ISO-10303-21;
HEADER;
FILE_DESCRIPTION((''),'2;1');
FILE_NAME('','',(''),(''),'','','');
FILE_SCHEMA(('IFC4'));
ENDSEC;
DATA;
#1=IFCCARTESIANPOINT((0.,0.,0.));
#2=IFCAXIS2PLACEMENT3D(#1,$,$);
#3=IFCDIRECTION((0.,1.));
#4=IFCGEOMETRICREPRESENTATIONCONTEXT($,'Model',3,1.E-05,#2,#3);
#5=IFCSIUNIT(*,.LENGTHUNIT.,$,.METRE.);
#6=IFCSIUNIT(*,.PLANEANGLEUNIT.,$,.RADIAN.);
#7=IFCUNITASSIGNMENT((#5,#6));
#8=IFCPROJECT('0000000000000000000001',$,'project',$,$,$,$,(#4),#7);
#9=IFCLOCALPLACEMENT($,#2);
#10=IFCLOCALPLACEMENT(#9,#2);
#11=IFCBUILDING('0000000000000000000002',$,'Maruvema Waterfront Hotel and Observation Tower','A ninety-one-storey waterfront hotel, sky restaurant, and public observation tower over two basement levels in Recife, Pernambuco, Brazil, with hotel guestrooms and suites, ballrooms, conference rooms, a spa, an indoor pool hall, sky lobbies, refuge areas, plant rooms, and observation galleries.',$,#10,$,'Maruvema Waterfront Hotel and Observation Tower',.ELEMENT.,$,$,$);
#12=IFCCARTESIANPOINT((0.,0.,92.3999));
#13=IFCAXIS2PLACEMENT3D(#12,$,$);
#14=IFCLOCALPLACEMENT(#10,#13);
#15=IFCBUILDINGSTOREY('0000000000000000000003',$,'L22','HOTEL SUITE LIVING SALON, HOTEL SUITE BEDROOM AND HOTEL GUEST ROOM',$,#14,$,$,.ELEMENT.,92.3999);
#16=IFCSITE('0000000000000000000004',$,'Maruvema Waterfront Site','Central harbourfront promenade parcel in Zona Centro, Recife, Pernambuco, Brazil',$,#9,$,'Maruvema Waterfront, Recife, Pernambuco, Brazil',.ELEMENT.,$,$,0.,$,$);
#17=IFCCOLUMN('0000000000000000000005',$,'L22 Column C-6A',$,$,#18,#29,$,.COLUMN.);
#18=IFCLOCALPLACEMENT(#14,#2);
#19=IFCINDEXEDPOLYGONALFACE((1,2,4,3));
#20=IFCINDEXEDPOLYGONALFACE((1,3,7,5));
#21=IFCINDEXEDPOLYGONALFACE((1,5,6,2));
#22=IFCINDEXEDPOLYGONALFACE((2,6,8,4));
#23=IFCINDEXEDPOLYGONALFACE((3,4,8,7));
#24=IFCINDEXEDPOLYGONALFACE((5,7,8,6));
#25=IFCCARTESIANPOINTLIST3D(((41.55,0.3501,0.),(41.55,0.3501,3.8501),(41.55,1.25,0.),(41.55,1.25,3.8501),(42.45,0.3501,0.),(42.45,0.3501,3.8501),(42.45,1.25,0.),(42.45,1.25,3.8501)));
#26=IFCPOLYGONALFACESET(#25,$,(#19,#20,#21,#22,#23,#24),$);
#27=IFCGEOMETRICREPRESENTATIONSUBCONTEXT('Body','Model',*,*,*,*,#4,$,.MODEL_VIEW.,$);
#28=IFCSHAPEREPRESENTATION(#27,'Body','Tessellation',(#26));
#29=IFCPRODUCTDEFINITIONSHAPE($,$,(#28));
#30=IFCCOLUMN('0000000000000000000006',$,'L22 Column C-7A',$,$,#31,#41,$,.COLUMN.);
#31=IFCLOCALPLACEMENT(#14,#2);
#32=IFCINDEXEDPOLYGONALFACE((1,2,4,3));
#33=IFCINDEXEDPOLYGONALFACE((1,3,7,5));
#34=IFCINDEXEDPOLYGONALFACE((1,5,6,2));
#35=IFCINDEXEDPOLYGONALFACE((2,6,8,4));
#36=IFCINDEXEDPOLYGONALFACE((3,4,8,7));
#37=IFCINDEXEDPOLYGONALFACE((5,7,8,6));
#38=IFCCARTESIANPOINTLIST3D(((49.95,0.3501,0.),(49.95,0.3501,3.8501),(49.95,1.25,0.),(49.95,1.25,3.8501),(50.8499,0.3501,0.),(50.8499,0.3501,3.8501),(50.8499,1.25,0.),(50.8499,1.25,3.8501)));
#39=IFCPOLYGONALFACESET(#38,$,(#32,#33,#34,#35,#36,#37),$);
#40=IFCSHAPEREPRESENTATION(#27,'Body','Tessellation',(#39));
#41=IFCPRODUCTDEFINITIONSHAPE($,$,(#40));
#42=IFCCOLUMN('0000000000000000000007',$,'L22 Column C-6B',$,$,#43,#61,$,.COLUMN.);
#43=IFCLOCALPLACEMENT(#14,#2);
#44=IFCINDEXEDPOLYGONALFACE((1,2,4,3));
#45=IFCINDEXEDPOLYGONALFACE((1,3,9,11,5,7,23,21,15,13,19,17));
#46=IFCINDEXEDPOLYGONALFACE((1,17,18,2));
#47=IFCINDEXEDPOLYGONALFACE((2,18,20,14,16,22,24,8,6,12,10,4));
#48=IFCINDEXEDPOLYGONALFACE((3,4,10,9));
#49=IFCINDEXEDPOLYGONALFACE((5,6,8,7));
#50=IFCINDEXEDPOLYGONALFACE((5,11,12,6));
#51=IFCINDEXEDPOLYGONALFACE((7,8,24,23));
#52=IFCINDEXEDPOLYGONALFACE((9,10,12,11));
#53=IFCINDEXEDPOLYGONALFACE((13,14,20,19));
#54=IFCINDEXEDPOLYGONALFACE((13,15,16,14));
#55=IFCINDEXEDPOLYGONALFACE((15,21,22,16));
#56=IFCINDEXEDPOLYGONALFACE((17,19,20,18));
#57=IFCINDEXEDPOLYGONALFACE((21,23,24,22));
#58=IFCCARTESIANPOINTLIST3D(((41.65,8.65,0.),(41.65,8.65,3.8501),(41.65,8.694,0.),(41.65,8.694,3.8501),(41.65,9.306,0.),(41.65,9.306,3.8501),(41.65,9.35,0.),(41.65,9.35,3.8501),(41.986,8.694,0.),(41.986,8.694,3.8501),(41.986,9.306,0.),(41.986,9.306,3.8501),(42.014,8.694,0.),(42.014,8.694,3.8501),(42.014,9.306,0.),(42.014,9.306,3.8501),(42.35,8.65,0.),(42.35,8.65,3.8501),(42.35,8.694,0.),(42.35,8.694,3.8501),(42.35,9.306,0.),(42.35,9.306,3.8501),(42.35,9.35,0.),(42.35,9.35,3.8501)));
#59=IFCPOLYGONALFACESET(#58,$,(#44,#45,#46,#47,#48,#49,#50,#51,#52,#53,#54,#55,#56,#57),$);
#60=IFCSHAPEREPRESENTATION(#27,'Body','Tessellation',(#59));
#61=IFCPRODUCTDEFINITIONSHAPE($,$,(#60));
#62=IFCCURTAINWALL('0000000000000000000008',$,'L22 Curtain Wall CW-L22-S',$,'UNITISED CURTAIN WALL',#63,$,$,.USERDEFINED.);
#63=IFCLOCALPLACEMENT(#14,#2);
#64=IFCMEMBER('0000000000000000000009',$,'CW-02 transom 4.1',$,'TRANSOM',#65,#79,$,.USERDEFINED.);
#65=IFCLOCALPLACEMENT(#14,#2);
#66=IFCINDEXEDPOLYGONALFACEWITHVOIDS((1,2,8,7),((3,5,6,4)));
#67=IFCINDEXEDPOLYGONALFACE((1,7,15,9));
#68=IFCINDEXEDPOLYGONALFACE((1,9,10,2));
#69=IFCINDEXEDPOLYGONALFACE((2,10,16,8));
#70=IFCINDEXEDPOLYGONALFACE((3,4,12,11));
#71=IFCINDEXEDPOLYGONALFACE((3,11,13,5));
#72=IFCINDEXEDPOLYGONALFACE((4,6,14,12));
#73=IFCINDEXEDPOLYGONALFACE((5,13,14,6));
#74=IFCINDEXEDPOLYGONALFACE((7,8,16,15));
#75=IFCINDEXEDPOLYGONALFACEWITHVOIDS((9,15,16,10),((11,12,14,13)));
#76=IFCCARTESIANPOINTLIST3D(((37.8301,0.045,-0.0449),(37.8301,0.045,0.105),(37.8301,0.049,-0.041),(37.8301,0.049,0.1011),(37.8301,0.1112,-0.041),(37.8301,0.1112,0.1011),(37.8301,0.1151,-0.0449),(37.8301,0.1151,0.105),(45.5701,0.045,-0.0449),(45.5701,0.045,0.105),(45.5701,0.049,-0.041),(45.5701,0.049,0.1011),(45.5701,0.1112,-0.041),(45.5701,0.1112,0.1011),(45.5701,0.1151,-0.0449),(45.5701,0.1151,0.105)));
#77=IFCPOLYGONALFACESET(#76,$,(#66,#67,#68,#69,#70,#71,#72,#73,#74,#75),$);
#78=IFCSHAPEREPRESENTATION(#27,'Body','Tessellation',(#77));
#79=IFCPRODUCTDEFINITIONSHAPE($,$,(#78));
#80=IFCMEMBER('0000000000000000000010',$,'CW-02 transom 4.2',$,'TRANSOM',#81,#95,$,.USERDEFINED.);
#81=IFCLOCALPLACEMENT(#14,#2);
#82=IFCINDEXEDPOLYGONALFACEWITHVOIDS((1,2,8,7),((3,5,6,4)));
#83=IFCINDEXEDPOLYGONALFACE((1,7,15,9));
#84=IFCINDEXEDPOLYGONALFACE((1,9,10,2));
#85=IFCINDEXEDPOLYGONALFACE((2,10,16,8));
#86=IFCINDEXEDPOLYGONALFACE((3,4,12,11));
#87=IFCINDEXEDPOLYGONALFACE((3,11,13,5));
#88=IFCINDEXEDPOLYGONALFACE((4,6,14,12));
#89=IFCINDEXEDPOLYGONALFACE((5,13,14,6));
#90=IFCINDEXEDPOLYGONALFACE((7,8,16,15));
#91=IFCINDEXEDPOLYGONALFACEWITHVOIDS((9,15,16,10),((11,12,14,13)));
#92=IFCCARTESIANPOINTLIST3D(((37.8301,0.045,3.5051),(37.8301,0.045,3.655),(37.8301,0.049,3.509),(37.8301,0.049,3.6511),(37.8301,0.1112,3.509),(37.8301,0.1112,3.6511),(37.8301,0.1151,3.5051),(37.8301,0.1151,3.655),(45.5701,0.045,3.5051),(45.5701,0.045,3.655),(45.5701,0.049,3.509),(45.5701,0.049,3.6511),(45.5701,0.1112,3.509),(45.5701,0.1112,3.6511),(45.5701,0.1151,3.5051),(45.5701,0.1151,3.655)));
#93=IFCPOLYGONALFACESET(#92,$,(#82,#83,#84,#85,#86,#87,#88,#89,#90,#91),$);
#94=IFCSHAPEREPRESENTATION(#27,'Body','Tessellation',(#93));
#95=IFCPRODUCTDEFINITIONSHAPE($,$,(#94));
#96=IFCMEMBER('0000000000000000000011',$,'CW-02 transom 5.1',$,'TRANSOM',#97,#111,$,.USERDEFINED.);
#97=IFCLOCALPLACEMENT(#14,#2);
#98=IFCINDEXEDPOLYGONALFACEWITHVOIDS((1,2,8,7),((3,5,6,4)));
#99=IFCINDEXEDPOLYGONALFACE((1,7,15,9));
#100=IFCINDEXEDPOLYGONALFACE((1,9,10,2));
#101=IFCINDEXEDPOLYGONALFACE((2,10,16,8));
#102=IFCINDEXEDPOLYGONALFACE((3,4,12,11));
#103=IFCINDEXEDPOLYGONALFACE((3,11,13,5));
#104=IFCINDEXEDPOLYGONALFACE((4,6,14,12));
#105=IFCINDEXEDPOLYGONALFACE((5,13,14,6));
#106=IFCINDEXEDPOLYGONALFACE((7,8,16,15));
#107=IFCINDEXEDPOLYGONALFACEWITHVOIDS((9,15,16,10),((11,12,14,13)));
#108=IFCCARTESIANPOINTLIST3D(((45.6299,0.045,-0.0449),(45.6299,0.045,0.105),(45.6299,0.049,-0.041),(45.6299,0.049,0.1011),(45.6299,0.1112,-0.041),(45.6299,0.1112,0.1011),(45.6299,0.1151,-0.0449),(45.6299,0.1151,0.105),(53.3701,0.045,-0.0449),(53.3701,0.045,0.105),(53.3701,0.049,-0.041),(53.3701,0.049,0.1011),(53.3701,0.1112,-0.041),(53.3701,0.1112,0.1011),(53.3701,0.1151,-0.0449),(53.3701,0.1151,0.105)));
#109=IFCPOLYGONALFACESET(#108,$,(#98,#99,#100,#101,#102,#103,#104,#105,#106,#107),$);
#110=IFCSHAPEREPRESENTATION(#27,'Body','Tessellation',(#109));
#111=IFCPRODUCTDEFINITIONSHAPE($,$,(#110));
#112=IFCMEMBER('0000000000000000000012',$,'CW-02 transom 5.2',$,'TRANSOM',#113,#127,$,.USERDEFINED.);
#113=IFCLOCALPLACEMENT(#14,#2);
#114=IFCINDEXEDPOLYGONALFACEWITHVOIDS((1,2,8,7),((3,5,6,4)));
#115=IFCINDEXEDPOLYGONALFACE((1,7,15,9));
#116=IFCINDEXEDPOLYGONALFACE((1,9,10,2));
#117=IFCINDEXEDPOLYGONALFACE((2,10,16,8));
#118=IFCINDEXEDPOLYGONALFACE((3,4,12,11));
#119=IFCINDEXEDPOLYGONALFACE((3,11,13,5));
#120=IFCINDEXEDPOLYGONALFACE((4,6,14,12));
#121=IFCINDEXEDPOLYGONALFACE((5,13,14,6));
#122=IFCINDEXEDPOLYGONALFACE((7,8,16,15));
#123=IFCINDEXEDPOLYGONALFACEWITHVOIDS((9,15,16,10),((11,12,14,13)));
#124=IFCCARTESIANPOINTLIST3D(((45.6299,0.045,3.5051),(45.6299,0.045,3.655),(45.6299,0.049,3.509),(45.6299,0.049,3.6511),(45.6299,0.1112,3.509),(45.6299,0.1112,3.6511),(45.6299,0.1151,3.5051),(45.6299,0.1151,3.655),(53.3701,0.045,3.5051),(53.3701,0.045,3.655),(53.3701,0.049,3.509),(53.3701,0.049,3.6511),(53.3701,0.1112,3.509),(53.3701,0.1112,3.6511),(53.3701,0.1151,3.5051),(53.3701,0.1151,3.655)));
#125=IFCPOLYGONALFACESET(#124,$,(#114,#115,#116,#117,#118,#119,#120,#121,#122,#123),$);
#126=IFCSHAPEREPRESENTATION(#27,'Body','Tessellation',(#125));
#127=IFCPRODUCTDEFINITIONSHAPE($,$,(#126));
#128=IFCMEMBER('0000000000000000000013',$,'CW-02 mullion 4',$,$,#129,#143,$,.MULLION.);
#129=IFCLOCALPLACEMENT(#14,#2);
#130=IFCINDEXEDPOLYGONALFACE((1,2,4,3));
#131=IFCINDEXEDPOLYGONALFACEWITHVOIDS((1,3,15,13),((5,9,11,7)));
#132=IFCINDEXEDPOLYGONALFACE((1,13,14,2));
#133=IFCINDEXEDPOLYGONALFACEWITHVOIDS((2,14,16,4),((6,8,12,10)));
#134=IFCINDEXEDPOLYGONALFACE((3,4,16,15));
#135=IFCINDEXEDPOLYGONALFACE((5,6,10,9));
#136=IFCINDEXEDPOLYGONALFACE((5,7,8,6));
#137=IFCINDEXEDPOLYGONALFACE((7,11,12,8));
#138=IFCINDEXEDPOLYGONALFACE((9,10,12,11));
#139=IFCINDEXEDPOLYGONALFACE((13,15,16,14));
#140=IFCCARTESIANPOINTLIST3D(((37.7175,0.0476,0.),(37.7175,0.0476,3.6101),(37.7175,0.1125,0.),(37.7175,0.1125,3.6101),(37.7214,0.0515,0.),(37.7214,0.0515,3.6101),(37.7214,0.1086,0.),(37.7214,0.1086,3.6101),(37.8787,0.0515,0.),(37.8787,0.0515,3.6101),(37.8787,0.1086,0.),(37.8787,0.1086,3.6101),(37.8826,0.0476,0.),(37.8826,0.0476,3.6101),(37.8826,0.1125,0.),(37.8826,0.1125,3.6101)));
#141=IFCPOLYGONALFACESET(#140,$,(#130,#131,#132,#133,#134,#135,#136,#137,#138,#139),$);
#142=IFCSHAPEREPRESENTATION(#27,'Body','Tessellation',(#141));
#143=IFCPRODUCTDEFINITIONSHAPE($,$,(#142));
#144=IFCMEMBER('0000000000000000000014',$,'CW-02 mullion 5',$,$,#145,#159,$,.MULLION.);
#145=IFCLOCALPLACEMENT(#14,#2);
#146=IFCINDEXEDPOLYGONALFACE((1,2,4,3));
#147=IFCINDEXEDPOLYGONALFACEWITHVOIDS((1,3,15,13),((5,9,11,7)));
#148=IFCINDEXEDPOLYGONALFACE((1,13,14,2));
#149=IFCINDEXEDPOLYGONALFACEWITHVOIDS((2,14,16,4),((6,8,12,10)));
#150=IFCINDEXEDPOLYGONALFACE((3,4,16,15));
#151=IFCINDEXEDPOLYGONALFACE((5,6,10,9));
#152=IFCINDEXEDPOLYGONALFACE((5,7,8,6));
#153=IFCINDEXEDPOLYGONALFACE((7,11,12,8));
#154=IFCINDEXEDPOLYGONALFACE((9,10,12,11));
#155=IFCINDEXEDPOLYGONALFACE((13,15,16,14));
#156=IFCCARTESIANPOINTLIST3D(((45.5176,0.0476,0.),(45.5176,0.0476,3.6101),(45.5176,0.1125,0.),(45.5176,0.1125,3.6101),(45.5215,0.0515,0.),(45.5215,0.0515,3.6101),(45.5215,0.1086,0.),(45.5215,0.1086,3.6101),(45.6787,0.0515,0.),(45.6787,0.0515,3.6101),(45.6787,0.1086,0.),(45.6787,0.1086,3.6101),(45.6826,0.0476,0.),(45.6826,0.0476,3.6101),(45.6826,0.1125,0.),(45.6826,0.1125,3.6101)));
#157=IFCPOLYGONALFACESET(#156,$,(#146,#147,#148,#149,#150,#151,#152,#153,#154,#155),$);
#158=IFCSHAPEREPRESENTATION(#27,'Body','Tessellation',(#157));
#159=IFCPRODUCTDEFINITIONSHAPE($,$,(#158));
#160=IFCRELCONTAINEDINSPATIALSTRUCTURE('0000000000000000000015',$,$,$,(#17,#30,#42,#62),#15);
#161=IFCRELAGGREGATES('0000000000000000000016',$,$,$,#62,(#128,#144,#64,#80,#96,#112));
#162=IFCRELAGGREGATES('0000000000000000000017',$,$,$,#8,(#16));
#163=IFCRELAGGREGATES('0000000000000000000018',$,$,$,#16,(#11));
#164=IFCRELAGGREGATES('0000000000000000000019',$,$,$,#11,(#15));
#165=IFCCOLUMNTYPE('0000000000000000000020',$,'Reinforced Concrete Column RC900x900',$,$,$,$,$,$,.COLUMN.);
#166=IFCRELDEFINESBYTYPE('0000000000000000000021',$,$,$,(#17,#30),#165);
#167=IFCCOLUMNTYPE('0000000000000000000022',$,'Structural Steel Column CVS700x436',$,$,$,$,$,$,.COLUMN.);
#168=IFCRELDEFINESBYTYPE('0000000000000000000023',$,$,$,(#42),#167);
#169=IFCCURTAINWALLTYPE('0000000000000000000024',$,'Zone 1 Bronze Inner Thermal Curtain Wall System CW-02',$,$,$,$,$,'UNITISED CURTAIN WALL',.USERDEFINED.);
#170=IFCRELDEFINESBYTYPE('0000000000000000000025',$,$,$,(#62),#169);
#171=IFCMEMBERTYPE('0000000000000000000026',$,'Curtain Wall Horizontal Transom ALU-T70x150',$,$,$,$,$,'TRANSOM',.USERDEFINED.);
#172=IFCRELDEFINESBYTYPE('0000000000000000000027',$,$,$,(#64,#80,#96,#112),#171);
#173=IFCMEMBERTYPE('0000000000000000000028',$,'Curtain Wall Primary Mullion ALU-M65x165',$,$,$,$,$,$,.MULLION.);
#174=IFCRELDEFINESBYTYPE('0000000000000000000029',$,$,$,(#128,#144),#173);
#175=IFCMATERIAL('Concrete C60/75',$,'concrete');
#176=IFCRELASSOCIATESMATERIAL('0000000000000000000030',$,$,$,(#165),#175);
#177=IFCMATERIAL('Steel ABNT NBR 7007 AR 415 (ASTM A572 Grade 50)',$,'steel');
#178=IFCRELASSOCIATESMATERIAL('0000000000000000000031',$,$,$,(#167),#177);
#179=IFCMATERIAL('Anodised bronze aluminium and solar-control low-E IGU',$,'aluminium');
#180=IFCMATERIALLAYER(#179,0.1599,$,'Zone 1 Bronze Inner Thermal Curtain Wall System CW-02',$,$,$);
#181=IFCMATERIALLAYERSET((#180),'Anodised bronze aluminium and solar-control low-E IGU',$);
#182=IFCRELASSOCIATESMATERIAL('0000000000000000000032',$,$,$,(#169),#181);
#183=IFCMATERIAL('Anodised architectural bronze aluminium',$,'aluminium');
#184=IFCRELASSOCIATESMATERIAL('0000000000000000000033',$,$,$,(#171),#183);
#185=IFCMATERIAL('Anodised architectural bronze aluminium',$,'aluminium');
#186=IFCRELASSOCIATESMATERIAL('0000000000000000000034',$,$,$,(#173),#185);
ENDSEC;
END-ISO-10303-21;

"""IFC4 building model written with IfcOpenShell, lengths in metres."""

from ifc_helpers import new_model, si_unit, direction, frame, origin, origin_2d, place, context, subcontext, project, spatial, rectangle, hollow_rectangle, i_section, extrude, material, layer, layer_set, material_profile, profile_set, type_object, element, aggregate, save


model = new_model("IFC4")

# Units and contexts
model_context = context("Model", 3, precision=1e-05, world=origin(), true_north=direction((0.0, 1.0)))
body_context = subcontext(model_context, "Body", "Model", "MODEL_VIEW")
ifc_project = project(units=[si_unit("LENGTHUNIT", "METRE"), si_unit("PLANEANGLEUNIT", "RADIAN")], contexts=[model_context])

# Site, building, storey
site_placement = place(None, origin())
site = spatial("IfcSite", under=ifc_project, at=site_placement, Name="Maruvema Waterfront Site", Description="Central harbourfront promenade parcel in Zona Centro, Recife, Pernambuco, Brazil", LongName="Maruvema Waterfront, Recife, Pernambuco, Brazil", CompositionType="ELEMENT", RefElevation=0.0)
building_placement = place(site_placement, origin())
building = spatial("IfcBuilding", under=site, at=building_placement, Name="Maruvema Waterfront Hotel and Observation Tower", Description="A ninety-one-storey waterfront hotel, sky restaurant, and public observation tower over two basement levels in Recife, Pernambuco, Brazil, with hotel guestrooms and suites, ballrooms, conference rooms, a spa, an indoor pool hall, sky lobbies, refuge areas, plant rooms, and observation galleries.", LongName="Maruvema Waterfront Hotel and Observation Tower", CompositionType="ELEMENT")
storey_placement = place(building_placement, frame((0.0, 0.0, 92.3999)))
storey = spatial("IfcBuildingStorey", under=building, at=storey_placement, Name="L22", Description="HOTEL SUITE LIVING SALON, HOTEL SUITE BEDROOM AND HOTEL GUEST ROOM", CompositionType="ELEMENT", Elevation=92.3999)

# Columns
ifc_material_1 = material(Name="Concrete C60/75", Category="concrete")
ifc_material_profile_1 = material_profile(ifc_material_1, rectangle(XDim=0.8999, YDim=0.8999, at=origin_2d()), Name="RC900x900")
ifc_profile_set_1 = profile_set([ifc_material_profile_1], Name="Concrete C60/75")
column_type_1 = type_object("IfcColumnType", Name="Reinforced Concrete Column RC900x900", PredefinedType="COLUMN", material=ifc_profile_set_1)
for number, where, z_axis, x_axis, name in (
    (1, (42.0, 0.8, 0.0), (0.0, 0.0, 1.0), (1.0, 0.0, 0.0), "L22 Column C-6A"),
    (2, (50.3999, 0.8, 0.0), (0.0, 0.0, 1.0), (1.0, 0.0, 0.0), "L22 Column C-7A"),
):
    element("IfcColumn", number, at=place(storey_placement, frame(where, z_axis=z_axis, x_axis=x_axis)), inside=storey, type_object=column_type_1, Name=name, PredefinedType="COLUMN", context=body_context, shape_type="SweptSolid", body=[
        extrude(rectangle(XDim=0.8999, YDim=0.8999, at=origin_2d()), origin(), (0.0, 0.0, 1.0), 3.8501),
    ])
ifc_material_2 = material(Name="Steel ABNT NBR 7007 AR 415 (ASTM A572 Grade 50)", Category="steel")
ifc_material_profile_2 = material_profile(ifc_material_2, i_section(OverallWidth=0.7, OverallDepth=0.7, WebThickness=0.0281, FlangeThickness=0.0439, at=origin_2d()), Name="CVS700x436")
ifc_profile_set_2 = profile_set([ifc_material_profile_2], Name="Steel ABNT NBR 7007 AR 415 (ASTM A572 Grade 50)")
column_type_2 = type_object("IfcColumnType", Name="Structural Steel Column CVS700x436", PredefinedType="COLUMN", material=ifc_profile_set_2)
column_placement = place(storey_placement, frame((42.0, 9.0, 0.0), z_axis=(0.0, 0.0, 1.0), x_axis=(1.0, 0.0, 0.0)))
element("IfcColumn", 3, at=column_placement, inside=storey, type_object=column_type_2, Name="L22 Column C-6B", PredefinedType="COLUMN", context=body_context, shape_type="SweptSolid", body=[
    extrude(i_section(OverallWidth=0.7, OverallDepth=0.7, WebThickness=0.0281, FlangeThickness=0.0439, at=origin_2d()), origin(), (0.0, 0.0, 1.0), 3.8501),
])

# Curtain wall, members
ifc_material_3 = material(Name="Anodised bronze aluminium and solar-control low-E IGU", Category="aluminium")
ifc_layer_1 = layer(ifc_material_3, 0.1599, Name="Zone 1 Bronze Inner Thermal Curtain Wall System CW-02")
ifc_layer_set_1 = layer_set([ifc_layer_1], Name="Anodised bronze aluminium and solar-control low-E IGU")
curtain_wall_type = type_object("IfcCurtainWallType", Name="Zone 1 Bronze Inner Thermal Curtain Wall System CW-02", ElementType="UNITISED CURTAIN WALL", PredefinedType="USERDEFINED", material=ifc_layer_set_1)
curtain_wall_placement = place(storey_placement, origin())
curtain_wall = element("IfcCurtainWall", 4, at=curtain_wall_placement, inside=storey, type_object=curtain_wall_type, Name="L22 Curtain Wall CW-L22-S", ObjectType="UNITISED CURTAIN WALL", PredefinedType="USERDEFINED")
ifc_material_4 = material(Name="Anodised architectural bronze aluminium", Category="aluminium")
ifc_material_profile_3 = material_profile(ifc_material_4, hollow_rectangle(XDim=0.0701, YDim=0.1499, WallThickness=0.0039, at=origin_2d()), Name="ALU-T70x150")
ifc_profile_set_3 = profile_set([ifc_material_profile_3], Name="Anodised architectural bronze aluminium")
member_type_1 = type_object("IfcMemberType", Name="Curtain Wall Horizontal Transom ALU-T70x150", ElementType="TRANSOM", PredefinedType="USERDEFINED", material=ifc_profile_set_3)
member_1_placement = place(storey_placement, frame((37.8301, 0.0801, 0.03), z_axis=(1.0, 0.0, 0.0), x_axis=(0.0, 1.0, 0.0)))
member_1 = element("IfcMember", 5, at=member_1_placement, type_object=member_type_1, Name="CW-02 transom 4.1", ObjectType="TRANSOM", PredefinedType="USERDEFINED", context=body_context, shape_type="SweptSolid", body=[
    extrude(hollow_rectangle(XDim=0.0701, YDim=0.1499, WallThickness=0.0039, at=origin_2d()), origin(), (0.0, 0.0, 1.0), 7.74),
])
member_2_placement = place(storey_placement, frame((37.8301, 0.0801, 3.5801), z_axis=(1.0, 0.0, 0.0), x_axis=(0.0, 1.0, 0.0)))
member_2 = element("IfcMember", 6, at=member_2_placement, type_object=member_type_1, Name="CW-02 transom 4.2", ObjectType="TRANSOM", PredefinedType="USERDEFINED", context=body_context, shape_type="SweptSolid", body=[
    extrude(hollow_rectangle(XDim=0.0701, YDim=0.1499, WallThickness=0.0039, at=origin_2d()), origin(), (0.0, 0.0, 1.0), 7.74),
])
member_3_placement = place(storey_placement, frame((45.6299, 0.0801, 0.03), z_axis=(1.0, 0.0, 0.0), x_axis=(0.0, 1.0, 0.0)))
member_3 = element("IfcMember", 7, at=member_3_placement, type_object=member_type_1, Name="CW-02 transom 5.1", ObjectType="TRANSOM", PredefinedType="USERDEFINED", context=body_context, shape_type="SweptSolid", body=[
    extrude(hollow_rectangle(XDim=0.0701, YDim=0.1499, WallThickness=0.0039, at=origin_2d()), origin(), (0.0, 0.0, 1.0), 7.7402),
])
member_4_placement = place(storey_placement, frame((45.6299, 0.0801, 3.5801), z_axis=(1.0, 0.0, 0.0), x_axis=(0.0, 1.0, 0.0)))
member_4 = element("IfcMember", 8, at=member_4_placement, type_object=member_type_1, Name="CW-02 transom 5.2", ObjectType="TRANSOM", PredefinedType="USERDEFINED", context=body_context, shape_type="SweptSolid", body=[
    extrude(hollow_rectangle(XDim=0.0701, YDim=0.1499, WallThickness=0.0039, at=origin_2d()), origin(), (0.0, 0.0, 1.0), 7.7402),
])
ifc_material_5 = material(Name="Anodised architectural bronze aluminium", Category="aluminium")
ifc_material_profile_4 = material_profile(ifc_material_5, hollow_rectangle(XDim=0.0649, YDim=0.165, WallThickness=0.0039, at=origin_2d()), Name="ALU-M65x165")
ifc_profile_set_4 = profile_set([ifc_material_profile_4], Name="Anodised architectural bronze aluminium")
member_type_2 = type_object("IfcMemberType", Name="Curtain Wall Primary Mullion ALU-M65x165", PredefinedType="MULLION", material=ifc_profile_set_4)
member_5_placement = place(storey_placement, frame((37.8, 0.0801, 0.0), z_axis=(0.0, 0.0, 1.0), x_axis=(0.0, 1.0, 0.0)))
member_5 = element("IfcMember", 9, at=member_5_placement, type_object=member_type_2, Name="CW-02 mullion 4", PredefinedType="MULLION", context=body_context, shape_type="SweptSolid", body=[
    extrude(hollow_rectangle(XDim=0.0649, YDim=0.165, WallThickness=0.0039, at=origin_2d()), origin(), (0.0, 0.0, 1.0), 3.6101),
])
member_6_placement = place(storey_placement, frame((45.6001, 0.0801, 0.0), z_axis=(0.0, 0.0, 1.0), x_axis=(0.0, 1.0, 0.0)))
member_6 = element("IfcMember", 10, at=member_6_placement, type_object=member_type_2, Name="CW-02 mullion 5", PredefinedType="MULLION", context=body_context, shape_type="SweptSolid", body=[
    extrude(hollow_rectangle(XDim=0.0649, YDim=0.165, WallThickness=0.0039, at=origin_2d()), origin(), (0.0, 0.0, 1.0), 3.6101),
])

aggregate(curtain_wall, [member_5, member_6, member_1, member_2, member_3, member_4])

save(model, "model.ifc")
